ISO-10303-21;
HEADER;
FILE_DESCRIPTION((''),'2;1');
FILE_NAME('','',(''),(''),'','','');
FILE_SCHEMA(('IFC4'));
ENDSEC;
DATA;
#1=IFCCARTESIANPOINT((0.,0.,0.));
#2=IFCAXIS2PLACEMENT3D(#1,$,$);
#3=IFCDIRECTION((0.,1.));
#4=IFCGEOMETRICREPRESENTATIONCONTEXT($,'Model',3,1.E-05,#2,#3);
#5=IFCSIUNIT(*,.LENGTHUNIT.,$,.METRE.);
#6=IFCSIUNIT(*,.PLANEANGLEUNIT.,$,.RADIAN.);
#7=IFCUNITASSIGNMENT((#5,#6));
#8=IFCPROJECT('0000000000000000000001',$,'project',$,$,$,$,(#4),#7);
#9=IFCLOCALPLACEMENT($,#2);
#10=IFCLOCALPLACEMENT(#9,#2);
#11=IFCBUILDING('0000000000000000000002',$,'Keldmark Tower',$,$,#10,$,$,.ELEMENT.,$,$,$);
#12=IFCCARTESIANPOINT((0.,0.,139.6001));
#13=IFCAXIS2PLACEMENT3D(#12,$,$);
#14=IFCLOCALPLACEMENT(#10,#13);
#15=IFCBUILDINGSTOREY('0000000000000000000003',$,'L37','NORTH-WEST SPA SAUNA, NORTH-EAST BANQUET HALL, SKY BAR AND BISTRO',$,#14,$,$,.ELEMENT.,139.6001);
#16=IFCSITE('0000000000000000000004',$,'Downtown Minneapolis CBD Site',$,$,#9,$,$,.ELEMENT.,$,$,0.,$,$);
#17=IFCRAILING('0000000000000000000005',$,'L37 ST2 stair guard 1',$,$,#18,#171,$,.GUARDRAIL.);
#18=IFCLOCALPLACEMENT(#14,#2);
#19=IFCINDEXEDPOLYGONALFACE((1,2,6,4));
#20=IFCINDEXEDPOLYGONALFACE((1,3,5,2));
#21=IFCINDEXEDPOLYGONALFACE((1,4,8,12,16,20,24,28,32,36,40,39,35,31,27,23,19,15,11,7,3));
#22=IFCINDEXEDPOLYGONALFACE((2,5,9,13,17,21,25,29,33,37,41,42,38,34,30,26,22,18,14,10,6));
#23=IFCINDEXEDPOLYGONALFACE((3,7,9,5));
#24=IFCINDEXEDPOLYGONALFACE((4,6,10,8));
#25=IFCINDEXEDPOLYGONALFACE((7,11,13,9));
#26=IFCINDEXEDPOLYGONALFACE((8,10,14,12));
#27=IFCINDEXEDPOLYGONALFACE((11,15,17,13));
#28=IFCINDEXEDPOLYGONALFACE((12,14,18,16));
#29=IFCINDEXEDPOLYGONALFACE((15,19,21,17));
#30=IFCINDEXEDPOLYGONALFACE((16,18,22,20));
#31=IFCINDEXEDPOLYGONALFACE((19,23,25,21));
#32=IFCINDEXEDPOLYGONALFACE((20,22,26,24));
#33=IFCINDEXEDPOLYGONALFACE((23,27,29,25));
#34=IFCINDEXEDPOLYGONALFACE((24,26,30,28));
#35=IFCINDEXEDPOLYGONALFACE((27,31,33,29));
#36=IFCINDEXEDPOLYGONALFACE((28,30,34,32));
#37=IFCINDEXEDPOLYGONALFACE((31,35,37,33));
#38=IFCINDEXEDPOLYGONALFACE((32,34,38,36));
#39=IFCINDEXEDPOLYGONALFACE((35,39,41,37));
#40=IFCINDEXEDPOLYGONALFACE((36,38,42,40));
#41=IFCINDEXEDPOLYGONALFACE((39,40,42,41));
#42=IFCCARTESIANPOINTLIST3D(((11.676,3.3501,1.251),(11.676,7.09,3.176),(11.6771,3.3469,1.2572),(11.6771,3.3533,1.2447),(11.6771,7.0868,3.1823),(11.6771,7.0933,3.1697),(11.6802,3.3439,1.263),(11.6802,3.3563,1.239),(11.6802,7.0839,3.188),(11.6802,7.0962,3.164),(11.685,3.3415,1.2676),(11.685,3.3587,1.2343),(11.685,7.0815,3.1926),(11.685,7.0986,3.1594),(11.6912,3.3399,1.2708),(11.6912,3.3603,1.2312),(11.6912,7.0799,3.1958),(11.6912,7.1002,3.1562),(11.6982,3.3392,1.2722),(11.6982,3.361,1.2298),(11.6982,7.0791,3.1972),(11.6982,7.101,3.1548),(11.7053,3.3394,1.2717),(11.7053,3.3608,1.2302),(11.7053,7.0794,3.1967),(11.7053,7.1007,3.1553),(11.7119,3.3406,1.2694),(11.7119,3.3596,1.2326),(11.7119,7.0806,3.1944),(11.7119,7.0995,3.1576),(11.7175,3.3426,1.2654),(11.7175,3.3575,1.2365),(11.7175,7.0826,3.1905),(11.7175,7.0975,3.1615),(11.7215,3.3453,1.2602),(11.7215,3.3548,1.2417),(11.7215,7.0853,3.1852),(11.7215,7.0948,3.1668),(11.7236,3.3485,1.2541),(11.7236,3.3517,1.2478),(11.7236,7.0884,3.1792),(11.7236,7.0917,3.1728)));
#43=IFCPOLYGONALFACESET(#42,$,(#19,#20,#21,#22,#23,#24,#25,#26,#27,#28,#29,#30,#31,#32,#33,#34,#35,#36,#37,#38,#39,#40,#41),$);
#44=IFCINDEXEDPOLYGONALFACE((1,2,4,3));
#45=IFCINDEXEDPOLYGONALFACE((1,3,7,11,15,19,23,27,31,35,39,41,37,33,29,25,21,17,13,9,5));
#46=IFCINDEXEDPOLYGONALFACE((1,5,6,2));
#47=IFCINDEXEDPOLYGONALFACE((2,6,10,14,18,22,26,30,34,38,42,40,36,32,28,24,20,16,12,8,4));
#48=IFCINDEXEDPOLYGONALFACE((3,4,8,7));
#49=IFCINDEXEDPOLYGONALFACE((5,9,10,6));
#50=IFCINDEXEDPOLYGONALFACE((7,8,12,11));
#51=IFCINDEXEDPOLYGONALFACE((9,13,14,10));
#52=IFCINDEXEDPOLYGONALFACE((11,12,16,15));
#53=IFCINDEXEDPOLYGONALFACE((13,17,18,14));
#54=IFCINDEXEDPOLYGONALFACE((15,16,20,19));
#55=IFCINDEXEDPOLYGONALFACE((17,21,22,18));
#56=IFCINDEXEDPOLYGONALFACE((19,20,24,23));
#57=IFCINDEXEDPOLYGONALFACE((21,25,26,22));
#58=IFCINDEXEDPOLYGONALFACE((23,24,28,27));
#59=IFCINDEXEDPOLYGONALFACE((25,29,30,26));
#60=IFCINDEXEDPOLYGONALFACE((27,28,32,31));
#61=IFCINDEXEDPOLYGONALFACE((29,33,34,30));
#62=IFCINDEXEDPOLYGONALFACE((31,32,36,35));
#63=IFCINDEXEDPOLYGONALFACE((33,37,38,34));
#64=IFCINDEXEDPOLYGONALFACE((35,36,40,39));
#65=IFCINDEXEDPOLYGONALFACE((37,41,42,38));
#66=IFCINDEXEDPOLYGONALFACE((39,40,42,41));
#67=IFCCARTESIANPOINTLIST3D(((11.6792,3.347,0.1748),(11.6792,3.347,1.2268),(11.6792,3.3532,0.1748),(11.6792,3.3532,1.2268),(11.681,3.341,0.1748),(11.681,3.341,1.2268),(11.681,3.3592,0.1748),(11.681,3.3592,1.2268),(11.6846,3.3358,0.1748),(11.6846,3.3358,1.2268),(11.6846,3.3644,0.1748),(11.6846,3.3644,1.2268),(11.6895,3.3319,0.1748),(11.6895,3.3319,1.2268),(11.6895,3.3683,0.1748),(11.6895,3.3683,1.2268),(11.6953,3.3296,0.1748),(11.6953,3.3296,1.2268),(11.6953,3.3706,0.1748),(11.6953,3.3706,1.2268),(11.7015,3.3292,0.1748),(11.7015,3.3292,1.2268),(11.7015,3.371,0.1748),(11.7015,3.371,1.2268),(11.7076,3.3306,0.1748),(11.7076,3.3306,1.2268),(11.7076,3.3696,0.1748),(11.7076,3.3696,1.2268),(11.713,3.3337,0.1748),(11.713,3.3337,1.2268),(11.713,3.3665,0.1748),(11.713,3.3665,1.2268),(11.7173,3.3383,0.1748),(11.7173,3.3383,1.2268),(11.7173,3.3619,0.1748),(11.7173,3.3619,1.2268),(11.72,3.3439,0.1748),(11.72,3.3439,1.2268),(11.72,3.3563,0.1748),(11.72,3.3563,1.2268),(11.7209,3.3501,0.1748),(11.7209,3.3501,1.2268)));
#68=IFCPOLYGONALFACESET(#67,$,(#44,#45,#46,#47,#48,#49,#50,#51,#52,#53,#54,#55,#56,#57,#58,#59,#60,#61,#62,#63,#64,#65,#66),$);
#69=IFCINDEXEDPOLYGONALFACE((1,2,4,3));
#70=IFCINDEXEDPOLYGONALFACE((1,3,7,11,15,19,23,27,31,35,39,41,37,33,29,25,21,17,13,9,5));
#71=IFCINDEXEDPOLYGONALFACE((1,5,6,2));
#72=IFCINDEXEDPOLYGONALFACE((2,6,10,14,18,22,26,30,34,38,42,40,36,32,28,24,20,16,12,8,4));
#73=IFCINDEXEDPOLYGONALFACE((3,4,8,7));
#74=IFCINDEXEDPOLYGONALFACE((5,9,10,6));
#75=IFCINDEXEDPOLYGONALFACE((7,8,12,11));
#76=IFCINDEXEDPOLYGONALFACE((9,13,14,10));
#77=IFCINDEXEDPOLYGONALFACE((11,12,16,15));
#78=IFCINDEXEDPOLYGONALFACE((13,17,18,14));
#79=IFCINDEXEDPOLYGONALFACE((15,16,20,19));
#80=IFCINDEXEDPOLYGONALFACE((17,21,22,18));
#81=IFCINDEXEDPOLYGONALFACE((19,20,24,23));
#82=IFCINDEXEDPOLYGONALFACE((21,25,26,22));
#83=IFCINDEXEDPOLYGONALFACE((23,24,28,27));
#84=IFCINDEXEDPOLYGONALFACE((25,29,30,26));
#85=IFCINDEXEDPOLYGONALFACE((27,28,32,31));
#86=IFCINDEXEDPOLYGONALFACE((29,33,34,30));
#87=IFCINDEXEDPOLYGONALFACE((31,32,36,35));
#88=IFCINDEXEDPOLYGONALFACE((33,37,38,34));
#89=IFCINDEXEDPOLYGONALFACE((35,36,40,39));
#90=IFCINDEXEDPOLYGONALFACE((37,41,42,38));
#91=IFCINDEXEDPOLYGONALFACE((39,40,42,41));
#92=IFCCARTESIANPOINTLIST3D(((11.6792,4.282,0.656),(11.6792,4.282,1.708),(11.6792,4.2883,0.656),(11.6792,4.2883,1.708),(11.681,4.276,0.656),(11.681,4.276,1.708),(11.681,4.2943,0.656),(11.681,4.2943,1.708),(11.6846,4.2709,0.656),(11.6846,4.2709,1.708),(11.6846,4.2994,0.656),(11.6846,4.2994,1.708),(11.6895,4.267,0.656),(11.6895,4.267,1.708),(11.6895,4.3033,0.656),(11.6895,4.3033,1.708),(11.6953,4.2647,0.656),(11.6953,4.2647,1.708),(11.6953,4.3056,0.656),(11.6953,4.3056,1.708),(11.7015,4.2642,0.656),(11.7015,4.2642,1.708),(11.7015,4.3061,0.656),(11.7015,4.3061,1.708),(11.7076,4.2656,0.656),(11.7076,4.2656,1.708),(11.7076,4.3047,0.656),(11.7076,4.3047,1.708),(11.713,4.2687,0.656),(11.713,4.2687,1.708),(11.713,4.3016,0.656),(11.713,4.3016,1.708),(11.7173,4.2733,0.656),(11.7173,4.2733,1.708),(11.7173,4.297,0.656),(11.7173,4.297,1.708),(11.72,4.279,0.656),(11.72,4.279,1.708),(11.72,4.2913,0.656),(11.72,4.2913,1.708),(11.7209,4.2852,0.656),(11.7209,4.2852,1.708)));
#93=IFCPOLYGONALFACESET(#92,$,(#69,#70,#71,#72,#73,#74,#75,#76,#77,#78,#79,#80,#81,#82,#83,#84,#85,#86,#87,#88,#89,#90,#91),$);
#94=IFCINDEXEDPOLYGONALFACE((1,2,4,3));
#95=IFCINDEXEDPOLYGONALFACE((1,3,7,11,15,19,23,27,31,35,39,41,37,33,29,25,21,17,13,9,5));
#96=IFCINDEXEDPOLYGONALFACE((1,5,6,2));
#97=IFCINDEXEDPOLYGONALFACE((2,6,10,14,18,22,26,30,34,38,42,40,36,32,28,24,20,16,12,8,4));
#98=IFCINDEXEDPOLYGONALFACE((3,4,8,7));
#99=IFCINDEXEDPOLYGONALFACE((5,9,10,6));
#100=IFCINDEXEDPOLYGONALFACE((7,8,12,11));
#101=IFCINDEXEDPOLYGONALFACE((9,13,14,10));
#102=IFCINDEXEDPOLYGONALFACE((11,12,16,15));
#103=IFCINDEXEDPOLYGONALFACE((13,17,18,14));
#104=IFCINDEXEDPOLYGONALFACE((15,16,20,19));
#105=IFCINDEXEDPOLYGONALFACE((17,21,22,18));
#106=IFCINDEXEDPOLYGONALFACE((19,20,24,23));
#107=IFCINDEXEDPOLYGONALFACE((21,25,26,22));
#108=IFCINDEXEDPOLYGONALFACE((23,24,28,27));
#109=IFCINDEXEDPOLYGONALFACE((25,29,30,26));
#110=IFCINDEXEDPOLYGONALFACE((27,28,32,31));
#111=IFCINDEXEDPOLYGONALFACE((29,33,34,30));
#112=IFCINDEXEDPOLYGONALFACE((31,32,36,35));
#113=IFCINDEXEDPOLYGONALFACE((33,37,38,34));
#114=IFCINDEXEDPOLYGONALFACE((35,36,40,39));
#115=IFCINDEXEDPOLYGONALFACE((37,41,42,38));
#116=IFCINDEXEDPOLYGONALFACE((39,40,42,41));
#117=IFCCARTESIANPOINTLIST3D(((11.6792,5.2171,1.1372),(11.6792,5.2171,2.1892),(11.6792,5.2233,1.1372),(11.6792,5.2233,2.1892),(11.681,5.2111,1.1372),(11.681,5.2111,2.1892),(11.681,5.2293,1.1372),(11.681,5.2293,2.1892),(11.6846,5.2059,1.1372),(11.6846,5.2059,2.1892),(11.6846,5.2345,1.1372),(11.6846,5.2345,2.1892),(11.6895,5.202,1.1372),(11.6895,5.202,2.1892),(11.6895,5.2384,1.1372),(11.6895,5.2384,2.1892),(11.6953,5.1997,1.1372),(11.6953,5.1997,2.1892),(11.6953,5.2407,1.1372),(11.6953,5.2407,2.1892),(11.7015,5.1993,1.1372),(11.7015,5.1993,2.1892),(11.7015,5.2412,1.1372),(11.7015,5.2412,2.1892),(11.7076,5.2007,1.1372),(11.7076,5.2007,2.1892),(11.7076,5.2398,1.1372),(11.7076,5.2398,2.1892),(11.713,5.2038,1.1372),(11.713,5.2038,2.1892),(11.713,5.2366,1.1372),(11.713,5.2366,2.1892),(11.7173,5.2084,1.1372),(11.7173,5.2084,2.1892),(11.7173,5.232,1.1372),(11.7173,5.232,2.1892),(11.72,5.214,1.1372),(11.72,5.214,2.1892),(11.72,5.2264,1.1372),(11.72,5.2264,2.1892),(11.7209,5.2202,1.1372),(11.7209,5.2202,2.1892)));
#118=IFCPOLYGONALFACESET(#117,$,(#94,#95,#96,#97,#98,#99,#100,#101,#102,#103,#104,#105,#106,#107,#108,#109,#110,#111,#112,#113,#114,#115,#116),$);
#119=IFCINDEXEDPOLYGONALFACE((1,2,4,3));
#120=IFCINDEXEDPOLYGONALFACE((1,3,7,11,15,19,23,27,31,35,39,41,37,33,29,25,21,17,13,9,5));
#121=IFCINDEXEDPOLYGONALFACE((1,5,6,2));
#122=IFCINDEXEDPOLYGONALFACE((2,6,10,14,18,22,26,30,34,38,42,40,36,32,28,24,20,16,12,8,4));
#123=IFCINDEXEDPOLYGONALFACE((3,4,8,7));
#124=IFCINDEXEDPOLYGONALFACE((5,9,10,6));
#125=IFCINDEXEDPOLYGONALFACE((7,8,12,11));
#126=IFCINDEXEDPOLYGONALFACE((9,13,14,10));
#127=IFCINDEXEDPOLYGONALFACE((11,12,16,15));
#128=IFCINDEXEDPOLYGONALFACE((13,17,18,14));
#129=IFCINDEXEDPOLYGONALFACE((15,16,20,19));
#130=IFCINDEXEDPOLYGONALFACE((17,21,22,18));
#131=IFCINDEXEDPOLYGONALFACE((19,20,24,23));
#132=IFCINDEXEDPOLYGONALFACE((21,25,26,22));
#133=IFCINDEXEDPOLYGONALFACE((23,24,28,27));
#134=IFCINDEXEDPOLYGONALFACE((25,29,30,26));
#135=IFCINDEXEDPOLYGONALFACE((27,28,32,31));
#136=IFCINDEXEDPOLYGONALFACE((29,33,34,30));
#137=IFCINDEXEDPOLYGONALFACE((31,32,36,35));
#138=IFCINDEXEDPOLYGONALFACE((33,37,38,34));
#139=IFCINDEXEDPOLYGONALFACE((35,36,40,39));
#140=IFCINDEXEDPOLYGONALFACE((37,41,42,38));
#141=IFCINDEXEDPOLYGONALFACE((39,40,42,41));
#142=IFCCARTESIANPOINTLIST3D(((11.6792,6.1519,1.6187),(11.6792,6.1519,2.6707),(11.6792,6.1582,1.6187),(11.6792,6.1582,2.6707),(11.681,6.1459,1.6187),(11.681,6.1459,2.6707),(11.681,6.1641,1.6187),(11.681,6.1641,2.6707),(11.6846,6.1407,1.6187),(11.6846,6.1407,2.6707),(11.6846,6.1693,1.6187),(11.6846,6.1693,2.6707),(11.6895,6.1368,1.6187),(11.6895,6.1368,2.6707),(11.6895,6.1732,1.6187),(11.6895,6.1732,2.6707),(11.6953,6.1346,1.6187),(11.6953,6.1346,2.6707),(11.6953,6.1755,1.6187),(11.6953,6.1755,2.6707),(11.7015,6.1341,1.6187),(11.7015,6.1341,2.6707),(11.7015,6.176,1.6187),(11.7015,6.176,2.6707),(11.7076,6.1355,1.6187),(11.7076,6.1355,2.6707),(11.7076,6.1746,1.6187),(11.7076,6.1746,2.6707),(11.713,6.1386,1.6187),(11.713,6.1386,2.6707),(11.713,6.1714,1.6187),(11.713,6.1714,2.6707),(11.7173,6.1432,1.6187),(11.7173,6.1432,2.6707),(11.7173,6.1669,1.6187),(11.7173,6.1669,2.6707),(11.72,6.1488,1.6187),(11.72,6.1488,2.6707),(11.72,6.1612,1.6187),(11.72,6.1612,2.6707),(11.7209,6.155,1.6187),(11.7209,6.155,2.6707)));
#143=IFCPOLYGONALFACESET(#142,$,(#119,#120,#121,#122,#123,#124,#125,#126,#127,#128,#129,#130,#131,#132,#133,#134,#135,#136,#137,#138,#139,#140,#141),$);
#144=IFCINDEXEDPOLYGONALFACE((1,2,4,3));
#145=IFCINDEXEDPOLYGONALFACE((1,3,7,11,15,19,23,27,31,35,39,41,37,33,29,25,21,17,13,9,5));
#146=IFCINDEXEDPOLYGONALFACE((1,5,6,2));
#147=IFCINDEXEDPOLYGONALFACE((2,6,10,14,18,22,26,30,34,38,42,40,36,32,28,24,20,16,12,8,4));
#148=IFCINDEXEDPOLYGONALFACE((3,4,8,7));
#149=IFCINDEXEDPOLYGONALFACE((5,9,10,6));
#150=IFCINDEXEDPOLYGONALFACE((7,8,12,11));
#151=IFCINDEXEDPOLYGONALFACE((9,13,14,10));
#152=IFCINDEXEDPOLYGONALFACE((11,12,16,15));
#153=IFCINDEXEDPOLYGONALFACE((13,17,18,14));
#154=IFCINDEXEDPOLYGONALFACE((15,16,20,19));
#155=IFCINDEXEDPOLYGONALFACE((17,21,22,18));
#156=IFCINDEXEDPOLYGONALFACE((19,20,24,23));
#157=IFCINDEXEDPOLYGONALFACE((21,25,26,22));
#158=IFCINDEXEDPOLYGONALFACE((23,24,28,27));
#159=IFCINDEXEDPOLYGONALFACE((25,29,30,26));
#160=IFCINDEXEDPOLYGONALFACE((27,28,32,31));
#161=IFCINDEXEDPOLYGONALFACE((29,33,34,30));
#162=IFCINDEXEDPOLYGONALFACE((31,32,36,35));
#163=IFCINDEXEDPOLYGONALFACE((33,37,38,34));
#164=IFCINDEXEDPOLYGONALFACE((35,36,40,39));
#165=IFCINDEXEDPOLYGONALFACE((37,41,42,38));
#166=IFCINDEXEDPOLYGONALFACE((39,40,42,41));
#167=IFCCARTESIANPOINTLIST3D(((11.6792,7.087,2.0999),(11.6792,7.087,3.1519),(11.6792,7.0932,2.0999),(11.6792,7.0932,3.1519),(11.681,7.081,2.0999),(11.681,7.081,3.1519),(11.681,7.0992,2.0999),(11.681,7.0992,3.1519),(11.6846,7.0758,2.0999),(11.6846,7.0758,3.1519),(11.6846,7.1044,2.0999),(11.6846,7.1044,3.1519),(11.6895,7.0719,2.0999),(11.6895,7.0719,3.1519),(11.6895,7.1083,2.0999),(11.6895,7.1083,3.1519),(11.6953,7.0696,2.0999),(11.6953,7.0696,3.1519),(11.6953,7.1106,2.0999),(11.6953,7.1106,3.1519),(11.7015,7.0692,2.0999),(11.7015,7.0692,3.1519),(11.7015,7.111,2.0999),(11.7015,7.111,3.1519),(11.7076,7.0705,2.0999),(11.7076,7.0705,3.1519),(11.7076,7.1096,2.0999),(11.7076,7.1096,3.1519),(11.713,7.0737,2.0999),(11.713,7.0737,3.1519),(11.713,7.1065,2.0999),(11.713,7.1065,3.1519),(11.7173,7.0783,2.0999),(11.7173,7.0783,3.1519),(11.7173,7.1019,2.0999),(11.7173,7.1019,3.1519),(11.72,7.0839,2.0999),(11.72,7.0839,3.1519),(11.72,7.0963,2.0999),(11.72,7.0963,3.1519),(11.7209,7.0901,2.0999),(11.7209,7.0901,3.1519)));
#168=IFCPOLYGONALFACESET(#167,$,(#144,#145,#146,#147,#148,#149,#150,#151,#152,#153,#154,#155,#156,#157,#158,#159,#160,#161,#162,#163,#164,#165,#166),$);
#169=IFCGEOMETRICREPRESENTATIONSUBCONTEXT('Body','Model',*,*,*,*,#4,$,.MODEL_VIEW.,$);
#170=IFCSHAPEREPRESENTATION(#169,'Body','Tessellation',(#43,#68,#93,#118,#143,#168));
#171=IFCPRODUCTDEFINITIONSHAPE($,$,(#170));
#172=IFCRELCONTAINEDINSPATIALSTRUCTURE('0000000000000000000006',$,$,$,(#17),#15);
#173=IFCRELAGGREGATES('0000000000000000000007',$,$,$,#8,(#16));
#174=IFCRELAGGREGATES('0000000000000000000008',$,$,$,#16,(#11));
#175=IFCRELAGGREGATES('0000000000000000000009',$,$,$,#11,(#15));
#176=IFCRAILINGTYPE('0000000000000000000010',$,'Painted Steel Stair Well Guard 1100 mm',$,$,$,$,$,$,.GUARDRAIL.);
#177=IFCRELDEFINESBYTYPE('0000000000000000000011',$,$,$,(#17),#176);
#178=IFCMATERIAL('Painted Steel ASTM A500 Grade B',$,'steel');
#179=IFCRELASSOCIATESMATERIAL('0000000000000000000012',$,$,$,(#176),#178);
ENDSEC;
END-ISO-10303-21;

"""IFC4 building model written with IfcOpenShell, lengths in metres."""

from ifc_helpers import new_model, si_unit, direction, frame, origin, origin_2d, place, context, subcontext, project, spatial, circle, extrude, material, type_object, element, save


model = new_model("IFC4")

# Units and contexts
model_context = context("Model", 3, precision=1e-05, world=origin(), true_north=direction((0.0, 1.0)))
body_context = subcontext(model_context, "Body", "Model", "MODEL_VIEW")
ifc_project = project(units=[si_unit("LENGTHUNIT", "METRE"), si_unit("PLANEANGLEUNIT", "RADIAN")], contexts=[model_context])

# Site, building, storey
site_placement = place(None, origin())
site = spatial("IfcSite", under=ifc_project, at=site_placement, Name="Downtown Minneapolis CBD Site", CompositionType="ELEMENT", RefElevation=0.0)
building_placement = place(site_placement, origin())
building = spatial("IfcBuilding", under=site, at=building_placement, Name="Keldmark Tower", CompositionType="ELEMENT")
storey_placement = place(building_placement, frame((0.0, 0.0, 139.6001)))
storey = spatial("IfcBuildingStorey", under=building, at=storey_placement, Name="L37", Description="NORTH-WEST SPA SAUNA, NORTH-EAST BANQUET HALL, SKY BAR AND BISTRO", CompositionType="ELEMENT", Elevation=139.6001)

# Railing
ifc_material_1 = material(Name="Painted Steel ASTM A500 Grade B", Category="steel")
railing_type_1 = type_object("IfcRailingType", Name="Painted Steel Stair Well Guard 1100 mm", PredefinedType="GUARDRAIL", material=ifc_material_1)
railing_1_placement = place(storey_placement, frame((11.7, 3.3501, 0.1748)))
element("IfcRailing", 1, at=railing_1_placement, inside=storey, type_object=railing_type_1, Name="L37 ST2 stair guard 1", PredefinedType="GUARDRAIL", context=body_context, shape_type="SweptSolid", body=[
    extrude(circle(Radius=0.0239, at=origin_2d()), frame((0.0, 0.0, 1.0762), z_axis=(0.0, 0.889131, 0.457654), x_axis=(-1.0, 0.0, 0.0)), (0.0, 0.0, 1.0), 4.2063),
    extrude(circle(Radius=0.021, at=origin_2d()), origin(), (0.0, 0.0, 1.0), 1.052),
    extrude(circle(Radius=0.021, at=origin_2d()), frame((0.0, 0.9351, 0.4812)), (0.0, 0.0, 1.0), 1.052),
    extrude(circle(Radius=0.021, at=origin_2d()), frame((0.0, 1.8701, 0.9624)), (0.0, 0.0, 1.0), 1.052),
    extrude(circle(Radius=0.021, at=origin_2d()), frame((0.0, 2.8049, 1.4438)), (0.0, 0.0, 1.0), 1.052),
    extrude(circle(Radius=0.021, at=origin_2d()), frame((0.0, 3.74, 1.925)), (0.0, 0.0, 1.0), 1.052),
])

save(model, "model.ifc")
